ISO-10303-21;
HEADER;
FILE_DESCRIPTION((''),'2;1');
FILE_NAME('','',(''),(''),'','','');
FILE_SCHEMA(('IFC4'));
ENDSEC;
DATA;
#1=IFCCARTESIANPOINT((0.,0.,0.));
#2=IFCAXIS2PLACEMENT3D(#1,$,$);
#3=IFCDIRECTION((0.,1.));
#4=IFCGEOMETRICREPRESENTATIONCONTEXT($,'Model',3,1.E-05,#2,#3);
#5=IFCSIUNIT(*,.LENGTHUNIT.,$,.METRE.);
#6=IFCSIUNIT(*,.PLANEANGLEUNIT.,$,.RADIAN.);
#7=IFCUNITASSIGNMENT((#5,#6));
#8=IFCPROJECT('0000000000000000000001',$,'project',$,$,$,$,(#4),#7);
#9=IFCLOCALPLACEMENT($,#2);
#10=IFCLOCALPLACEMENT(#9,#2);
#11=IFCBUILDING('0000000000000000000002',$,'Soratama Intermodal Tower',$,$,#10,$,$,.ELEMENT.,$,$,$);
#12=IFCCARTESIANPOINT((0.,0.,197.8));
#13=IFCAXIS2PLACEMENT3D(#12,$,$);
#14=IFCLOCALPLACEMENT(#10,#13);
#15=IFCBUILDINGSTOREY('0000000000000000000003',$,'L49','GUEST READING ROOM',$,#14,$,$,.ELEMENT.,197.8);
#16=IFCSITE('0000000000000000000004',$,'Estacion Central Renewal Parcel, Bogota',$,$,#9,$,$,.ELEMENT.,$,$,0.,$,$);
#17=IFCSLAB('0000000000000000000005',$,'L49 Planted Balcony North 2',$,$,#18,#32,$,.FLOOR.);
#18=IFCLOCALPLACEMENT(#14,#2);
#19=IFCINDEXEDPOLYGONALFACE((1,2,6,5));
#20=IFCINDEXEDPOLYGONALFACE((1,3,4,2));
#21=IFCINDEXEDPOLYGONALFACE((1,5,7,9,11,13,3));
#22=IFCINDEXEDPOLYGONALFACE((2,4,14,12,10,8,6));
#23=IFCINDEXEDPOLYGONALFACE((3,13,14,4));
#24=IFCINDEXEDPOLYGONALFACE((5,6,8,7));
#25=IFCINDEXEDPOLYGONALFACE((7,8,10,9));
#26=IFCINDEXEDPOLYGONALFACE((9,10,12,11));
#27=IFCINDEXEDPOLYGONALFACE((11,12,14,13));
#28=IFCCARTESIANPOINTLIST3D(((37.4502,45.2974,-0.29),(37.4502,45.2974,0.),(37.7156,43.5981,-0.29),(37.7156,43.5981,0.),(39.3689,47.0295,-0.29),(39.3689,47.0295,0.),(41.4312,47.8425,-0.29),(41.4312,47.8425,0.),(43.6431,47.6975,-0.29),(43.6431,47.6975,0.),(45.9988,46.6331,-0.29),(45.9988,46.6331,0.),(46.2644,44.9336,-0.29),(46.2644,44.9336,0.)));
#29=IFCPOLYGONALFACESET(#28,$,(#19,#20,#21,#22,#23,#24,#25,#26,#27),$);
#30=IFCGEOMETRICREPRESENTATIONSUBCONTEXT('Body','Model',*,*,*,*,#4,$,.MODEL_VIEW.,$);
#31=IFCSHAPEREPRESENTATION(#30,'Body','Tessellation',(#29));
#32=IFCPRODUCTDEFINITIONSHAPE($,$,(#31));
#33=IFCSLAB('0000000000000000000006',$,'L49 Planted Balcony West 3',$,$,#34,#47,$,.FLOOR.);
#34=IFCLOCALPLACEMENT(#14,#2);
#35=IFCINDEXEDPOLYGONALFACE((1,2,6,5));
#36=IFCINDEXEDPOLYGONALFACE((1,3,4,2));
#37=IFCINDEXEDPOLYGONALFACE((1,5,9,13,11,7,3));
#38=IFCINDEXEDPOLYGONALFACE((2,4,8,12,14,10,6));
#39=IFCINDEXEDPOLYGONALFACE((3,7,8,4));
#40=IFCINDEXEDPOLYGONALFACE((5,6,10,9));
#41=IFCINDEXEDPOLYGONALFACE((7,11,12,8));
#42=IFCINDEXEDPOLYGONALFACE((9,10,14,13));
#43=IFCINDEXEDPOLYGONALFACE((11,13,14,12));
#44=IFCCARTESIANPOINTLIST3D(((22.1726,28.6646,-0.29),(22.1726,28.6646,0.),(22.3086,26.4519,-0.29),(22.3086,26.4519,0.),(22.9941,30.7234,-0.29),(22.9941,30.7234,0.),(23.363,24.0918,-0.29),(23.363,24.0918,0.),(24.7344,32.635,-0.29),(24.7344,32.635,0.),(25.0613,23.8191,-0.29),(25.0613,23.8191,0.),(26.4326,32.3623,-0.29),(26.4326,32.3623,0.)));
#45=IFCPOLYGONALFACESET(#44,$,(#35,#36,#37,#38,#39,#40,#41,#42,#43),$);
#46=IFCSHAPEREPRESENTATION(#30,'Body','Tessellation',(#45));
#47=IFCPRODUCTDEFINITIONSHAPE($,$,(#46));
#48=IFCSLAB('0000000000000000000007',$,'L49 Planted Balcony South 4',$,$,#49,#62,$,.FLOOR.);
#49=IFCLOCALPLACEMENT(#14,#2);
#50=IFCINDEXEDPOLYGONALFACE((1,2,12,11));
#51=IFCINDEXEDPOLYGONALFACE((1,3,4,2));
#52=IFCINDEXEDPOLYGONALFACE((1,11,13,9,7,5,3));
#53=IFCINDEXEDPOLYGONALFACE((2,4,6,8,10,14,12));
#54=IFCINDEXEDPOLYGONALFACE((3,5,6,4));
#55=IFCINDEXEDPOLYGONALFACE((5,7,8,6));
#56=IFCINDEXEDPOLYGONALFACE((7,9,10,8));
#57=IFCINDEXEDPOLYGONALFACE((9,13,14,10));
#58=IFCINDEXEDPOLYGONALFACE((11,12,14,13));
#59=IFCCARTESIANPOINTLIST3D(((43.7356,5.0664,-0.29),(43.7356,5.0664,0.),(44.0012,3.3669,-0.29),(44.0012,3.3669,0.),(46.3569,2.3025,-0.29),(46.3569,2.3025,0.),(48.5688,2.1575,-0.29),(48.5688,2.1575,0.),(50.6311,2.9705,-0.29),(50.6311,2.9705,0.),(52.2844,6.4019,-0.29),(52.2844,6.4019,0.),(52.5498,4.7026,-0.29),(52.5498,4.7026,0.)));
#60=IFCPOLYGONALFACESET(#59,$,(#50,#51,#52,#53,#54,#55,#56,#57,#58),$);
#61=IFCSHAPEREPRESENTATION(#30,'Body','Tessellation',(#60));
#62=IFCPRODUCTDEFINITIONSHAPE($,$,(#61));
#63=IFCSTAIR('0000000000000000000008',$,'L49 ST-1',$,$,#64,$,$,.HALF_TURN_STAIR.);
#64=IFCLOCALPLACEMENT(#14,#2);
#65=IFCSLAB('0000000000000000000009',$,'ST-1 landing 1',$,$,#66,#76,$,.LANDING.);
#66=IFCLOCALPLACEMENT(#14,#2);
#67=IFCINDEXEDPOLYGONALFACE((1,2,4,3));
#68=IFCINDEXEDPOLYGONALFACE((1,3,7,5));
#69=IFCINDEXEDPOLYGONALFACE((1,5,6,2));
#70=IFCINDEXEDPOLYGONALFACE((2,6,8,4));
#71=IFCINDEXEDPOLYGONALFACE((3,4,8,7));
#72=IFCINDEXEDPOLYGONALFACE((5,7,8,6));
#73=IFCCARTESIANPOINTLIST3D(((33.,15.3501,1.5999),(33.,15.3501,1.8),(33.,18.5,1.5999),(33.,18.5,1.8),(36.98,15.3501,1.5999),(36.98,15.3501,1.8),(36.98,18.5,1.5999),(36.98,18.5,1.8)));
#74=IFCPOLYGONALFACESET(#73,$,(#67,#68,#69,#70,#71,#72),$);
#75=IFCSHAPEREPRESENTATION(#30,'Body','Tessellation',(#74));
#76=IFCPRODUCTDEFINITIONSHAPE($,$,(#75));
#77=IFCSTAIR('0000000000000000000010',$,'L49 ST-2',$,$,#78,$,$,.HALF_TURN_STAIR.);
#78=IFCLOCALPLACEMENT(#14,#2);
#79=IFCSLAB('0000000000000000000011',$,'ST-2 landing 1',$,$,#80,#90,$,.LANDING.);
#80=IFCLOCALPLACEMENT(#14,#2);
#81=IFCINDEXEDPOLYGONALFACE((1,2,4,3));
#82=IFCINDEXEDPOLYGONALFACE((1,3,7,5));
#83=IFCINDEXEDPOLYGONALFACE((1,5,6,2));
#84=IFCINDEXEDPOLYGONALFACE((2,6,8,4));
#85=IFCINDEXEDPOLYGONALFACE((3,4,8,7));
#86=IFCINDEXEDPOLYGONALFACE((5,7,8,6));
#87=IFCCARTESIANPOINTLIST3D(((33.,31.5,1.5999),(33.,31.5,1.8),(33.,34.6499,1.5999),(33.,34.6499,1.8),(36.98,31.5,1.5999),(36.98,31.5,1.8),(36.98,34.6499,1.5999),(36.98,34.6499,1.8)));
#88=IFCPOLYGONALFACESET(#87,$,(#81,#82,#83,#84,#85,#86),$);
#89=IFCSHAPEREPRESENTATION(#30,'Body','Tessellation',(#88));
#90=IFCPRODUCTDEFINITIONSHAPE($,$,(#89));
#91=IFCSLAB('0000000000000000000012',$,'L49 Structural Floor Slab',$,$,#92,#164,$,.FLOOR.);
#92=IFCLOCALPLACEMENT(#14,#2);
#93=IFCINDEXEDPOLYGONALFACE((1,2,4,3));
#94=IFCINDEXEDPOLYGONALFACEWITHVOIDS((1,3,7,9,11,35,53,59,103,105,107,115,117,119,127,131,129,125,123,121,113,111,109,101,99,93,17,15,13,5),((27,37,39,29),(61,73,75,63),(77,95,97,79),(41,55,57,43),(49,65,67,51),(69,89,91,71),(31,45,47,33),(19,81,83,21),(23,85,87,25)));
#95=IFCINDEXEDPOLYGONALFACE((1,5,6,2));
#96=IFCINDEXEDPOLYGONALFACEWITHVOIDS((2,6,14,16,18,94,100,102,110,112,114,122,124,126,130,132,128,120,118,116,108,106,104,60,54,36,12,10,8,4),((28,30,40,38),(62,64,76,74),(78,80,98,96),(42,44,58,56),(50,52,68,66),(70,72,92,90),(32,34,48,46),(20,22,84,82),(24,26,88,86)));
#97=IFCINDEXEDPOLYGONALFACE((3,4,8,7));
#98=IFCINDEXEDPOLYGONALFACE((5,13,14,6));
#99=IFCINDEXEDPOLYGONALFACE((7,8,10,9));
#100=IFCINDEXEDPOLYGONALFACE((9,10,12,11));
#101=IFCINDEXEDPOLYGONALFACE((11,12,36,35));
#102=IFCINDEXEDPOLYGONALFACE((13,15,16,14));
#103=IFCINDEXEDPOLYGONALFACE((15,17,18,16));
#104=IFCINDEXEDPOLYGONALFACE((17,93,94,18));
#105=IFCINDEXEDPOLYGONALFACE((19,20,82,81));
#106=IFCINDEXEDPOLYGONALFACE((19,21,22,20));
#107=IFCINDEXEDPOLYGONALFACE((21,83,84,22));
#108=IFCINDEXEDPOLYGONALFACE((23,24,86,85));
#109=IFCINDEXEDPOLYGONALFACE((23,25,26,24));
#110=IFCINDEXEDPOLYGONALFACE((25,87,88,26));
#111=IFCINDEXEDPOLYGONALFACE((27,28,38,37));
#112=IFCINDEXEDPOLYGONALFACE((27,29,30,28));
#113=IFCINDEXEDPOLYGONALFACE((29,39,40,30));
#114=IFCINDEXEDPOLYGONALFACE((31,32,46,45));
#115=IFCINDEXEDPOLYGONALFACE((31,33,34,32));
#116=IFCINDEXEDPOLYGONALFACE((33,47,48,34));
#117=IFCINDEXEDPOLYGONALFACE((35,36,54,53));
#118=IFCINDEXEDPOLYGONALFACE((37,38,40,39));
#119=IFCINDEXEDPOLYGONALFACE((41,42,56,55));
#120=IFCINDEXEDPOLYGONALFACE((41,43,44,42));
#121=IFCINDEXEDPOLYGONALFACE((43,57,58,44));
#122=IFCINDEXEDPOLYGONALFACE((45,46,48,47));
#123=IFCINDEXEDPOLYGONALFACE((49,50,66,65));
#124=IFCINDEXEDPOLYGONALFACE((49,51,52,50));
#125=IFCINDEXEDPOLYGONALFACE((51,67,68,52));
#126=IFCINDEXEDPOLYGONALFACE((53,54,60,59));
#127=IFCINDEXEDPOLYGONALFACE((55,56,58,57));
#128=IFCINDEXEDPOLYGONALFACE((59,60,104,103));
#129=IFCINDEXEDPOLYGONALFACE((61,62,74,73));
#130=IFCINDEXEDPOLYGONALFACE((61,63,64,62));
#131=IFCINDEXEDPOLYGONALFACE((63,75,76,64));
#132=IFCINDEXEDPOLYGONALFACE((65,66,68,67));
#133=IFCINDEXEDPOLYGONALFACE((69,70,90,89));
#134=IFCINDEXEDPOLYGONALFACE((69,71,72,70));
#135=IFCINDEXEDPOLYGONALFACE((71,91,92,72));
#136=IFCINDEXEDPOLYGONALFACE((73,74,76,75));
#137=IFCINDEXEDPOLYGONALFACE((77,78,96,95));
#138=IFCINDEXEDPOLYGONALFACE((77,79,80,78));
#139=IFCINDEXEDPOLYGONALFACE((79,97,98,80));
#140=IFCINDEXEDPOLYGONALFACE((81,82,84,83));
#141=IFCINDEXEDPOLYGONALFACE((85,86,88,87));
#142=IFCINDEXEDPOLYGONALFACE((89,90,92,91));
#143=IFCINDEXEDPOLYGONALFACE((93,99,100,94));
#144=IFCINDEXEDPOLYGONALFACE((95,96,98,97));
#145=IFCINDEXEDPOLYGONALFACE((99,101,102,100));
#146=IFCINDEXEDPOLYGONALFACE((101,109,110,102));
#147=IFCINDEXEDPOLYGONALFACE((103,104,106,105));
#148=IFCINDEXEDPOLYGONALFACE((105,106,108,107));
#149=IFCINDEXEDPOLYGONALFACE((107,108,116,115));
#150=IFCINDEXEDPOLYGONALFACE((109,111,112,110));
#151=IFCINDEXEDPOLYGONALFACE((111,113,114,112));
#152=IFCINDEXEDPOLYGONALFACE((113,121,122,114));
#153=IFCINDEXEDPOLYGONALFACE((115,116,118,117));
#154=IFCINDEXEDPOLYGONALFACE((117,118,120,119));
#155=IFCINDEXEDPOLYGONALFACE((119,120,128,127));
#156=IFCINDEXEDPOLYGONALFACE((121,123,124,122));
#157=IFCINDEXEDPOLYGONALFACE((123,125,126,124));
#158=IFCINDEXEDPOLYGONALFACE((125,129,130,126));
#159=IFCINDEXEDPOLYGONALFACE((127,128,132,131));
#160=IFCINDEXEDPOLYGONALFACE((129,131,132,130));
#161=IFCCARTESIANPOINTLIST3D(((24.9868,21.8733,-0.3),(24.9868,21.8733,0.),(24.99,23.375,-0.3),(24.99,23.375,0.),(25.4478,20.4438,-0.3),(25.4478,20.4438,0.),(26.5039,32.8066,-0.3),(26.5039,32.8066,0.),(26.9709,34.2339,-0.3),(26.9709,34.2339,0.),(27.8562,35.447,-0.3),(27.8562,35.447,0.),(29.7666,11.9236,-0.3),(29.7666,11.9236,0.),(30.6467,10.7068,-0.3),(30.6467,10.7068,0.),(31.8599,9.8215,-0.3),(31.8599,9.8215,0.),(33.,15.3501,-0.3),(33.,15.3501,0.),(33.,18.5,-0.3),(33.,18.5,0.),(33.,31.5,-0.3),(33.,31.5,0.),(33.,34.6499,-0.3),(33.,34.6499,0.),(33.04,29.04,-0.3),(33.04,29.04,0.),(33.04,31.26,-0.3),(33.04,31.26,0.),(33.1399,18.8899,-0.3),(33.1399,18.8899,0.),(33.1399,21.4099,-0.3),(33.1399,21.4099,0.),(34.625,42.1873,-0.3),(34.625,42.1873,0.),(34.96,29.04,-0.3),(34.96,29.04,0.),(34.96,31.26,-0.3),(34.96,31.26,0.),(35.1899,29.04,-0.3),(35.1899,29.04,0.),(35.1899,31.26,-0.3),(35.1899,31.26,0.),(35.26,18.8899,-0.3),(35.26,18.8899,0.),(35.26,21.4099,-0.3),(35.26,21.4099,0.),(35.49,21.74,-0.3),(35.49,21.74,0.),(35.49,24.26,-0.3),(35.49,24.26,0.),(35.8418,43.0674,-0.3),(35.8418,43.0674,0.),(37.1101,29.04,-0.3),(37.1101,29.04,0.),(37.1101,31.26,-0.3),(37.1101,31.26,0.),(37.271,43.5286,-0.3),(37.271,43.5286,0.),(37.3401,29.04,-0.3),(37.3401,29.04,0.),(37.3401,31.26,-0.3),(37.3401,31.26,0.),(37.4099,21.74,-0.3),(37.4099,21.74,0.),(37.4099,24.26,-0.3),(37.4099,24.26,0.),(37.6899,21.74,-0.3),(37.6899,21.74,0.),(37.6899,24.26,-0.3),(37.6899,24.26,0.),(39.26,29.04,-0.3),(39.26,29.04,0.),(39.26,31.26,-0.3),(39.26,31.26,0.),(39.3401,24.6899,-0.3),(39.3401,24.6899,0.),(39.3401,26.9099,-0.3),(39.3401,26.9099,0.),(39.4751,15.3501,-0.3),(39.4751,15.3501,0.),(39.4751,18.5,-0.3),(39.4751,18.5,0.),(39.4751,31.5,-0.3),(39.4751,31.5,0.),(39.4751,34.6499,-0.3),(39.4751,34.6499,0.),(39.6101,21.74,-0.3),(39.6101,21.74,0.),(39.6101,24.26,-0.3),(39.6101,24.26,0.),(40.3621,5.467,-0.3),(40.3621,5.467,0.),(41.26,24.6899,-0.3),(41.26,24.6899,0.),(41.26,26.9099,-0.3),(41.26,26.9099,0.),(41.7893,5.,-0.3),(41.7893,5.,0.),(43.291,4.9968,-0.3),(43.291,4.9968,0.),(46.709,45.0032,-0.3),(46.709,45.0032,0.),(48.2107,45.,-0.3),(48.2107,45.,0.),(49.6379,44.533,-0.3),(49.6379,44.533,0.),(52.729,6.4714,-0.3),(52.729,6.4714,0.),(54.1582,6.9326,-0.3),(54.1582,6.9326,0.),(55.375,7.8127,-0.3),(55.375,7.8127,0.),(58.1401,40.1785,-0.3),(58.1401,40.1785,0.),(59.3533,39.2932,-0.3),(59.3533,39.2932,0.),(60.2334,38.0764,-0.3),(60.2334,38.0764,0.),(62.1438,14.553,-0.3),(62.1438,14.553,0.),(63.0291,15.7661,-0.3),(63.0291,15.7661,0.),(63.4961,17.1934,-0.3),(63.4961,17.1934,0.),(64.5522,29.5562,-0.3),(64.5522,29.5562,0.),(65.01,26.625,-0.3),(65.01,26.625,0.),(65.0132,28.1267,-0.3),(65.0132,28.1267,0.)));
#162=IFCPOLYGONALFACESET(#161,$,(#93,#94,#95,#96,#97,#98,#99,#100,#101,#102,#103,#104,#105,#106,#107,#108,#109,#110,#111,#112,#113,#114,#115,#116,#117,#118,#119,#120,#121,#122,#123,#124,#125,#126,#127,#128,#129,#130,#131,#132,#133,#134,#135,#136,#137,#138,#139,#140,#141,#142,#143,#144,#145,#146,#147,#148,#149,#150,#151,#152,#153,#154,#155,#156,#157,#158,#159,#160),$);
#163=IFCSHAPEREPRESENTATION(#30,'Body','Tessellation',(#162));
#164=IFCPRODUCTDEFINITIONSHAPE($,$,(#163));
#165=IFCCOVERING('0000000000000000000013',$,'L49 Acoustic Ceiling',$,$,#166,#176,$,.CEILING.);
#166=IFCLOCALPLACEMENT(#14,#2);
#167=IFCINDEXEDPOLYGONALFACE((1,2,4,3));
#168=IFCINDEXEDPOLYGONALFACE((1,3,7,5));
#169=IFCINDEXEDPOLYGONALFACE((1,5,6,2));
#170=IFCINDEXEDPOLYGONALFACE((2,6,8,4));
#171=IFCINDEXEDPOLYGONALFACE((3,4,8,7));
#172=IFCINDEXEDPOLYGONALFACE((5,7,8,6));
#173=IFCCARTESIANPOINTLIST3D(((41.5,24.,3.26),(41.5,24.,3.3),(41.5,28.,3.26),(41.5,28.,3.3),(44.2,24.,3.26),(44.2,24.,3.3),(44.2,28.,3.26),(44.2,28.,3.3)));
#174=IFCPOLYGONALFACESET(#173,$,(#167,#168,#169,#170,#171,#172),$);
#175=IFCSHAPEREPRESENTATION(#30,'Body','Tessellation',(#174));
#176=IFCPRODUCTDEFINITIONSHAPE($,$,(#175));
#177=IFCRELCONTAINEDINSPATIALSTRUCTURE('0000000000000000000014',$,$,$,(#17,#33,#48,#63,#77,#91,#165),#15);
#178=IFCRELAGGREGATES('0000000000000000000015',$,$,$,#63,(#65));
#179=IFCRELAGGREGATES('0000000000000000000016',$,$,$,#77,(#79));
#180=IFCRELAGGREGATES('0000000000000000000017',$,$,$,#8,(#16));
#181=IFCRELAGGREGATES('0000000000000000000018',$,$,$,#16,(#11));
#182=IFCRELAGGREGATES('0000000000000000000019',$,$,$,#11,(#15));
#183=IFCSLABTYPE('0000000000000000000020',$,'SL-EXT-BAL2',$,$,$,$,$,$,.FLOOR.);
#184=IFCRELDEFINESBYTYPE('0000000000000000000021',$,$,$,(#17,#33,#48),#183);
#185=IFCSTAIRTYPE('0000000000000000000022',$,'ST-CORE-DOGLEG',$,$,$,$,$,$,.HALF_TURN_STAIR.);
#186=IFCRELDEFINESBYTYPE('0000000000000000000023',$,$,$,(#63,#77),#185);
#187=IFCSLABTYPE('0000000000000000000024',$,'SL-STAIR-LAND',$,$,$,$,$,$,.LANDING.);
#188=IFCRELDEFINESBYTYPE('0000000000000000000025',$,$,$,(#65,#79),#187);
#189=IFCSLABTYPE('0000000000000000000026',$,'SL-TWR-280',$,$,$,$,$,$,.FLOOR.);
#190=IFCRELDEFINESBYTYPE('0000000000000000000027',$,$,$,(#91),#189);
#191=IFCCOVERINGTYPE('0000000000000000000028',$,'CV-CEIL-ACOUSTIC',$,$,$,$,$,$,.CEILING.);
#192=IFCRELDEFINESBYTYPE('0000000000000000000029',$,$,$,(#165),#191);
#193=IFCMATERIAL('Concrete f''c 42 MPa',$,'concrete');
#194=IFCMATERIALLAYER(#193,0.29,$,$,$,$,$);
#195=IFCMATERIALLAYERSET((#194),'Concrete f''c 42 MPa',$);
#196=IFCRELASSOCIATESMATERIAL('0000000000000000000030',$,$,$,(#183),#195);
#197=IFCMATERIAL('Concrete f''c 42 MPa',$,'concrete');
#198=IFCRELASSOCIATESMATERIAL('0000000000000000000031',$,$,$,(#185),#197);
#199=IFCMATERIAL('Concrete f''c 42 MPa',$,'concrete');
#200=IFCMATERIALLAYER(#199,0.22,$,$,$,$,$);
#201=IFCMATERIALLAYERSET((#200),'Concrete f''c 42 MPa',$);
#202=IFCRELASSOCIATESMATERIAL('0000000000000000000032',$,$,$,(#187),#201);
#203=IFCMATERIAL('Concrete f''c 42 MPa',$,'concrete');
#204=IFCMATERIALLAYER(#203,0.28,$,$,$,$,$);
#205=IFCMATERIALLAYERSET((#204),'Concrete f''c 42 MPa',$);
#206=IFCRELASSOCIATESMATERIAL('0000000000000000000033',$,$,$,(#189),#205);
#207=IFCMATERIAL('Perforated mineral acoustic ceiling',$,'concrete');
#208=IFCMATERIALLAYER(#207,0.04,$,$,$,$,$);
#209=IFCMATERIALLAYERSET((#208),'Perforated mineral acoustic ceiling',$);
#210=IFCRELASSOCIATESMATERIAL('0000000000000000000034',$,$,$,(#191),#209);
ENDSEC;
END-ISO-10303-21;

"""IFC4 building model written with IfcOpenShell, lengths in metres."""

from ifc_helpers import new_model, si_unit, direction, frame, origin, place, context, subcontext, project, spatial, polyline, outline, extrude, material, layer, layer_set, type_object, element, aggregate, save


model = new_model("IFC4")

# Units and contexts
model_context = context("Model", 3, precision=1e-05, world=origin(), true_north=direction((0.0, 1.0)))
body_context = subcontext(model_context, "Body", "Model", "MODEL_VIEW")
ifc_project = project(units=[si_unit("LENGTHUNIT", "METRE"), si_unit("PLANEANGLEUNIT", "RADIAN")], contexts=[model_context])

# Site, building, storey
site_placement = place(None, origin())
site = spatial("IfcSite", under=ifc_project, at=site_placement, Name="Estacion Central Renewal Parcel, Bogota", CompositionType="ELEMENT", RefElevation=0.0)
building_placement = place(site_placement, origin())
building = spatial("IfcBuilding", under=site, at=building_placement, Name="Soratama Intermodal Tower", CompositionType="ELEMENT")
storey_placement = place(building_placement, frame((0.0, 0.0, 197.8)))
storey = spatial("IfcBuildingStorey", under=building, at=storey_placement, Name="L49", Description="GUEST READING ROOM", CompositionType="ELEMENT", Elevation=197.8)

# Slabs
ifc_material_1 = material(Name="Concrete f'c 42 MPa", Category="concrete")
ifc_layer_1 = layer(ifc_material_1, 0.29)
ifc_layer_set_1 = layer_set([ifc_layer_1], Name="Concrete f'c 42 MPa")
slab_type_1 = type_object("IfcSlabType", Name="SL-EXT-BAL2", PredefinedType="FLOOR", material=ifc_layer_set_1)
slab_1_placement = place(storey_placement, frame((0.0, 0.0, -0.29)))
element("IfcSlab", 1, at=slab_1_placement, inside=storey, type_object=slab_type_1, Name="L49 Planted Balcony North 2", PredefinedType="FLOOR", context=body_context, shape_type="SweptSolid", body=[
    extrude(outline(polyline([(46.2644, 44.9336), (37.7156, 43.5981), (37.4502, 45.2974), (39.3689, 47.0295), (41.4312, 47.8425), (43.6431, 47.6975), (45.9988, 46.6331), (46.2644, 44.9336)])), origin(), (0.0, 0.0, 1.0), 0.29),
])
slab_2_placement = place(storey_placement, frame((0.0, 0.0, -0.29)))
element("IfcSlab", 2, at=slab_2_placement, inside=storey, type_object=slab_type_1, Name="L49 Planted Balcony West 3", PredefinedType="FLOOR", context=body_context, shape_type="SweptSolid", body=[
    extrude(outline(polyline([(26.4326, 32.3623), (25.0613, 23.8191), (23.363, 24.0918), (22.3086, 26.4519), (22.1726, 28.6646), (22.9941, 30.7234), (24.7344, 32.635), (26.4326, 32.3623)])), origin(), (0.0, 0.0, 1.0), 0.29),
])
slab_3_placement = place(storey_placement, frame((0.0, 0.0, -0.29)))
element("IfcSlab", 3, at=slab_3_placement, inside=storey, type_object=slab_type_1, Name="L49 Planted Balcony South 4", PredefinedType="FLOOR", context=body_context, shape_type="SweptSolid", body=[
    extrude(outline(polyline([(43.7356, 5.0664), (52.2844, 6.4019), (52.5498, 4.7026), (50.6311, 2.9705), (48.5688, 2.1575), (46.3569, 2.3025), (44.0012, 3.3669), (43.7356, 5.0664)])), origin(), (0.0, 0.0, 1.0), 0.29),
])

# Stairs, slabs
ifc_material_2 = material(Name="Concrete f'c 42 MPa", Category="concrete")
stair_type = type_object("IfcStairType", Name="ST-CORE-DOGLEG", PredefinedType="HALF_TURN_STAIR", material=ifc_material_2)
stair_1_placement = place(storey_placement, origin())
stair_1 = element("IfcStair", 4, at=stair_1_placement, inside=storey, type_object=stair_type, Name="L49 ST-1", PredefinedType="HALF_TURN_STAIR")
ifc_material_3 = material(Name="Concrete f'c 42 MPa", Category="concrete")
ifc_layer_2 = layer(ifc_material_3, 0.22)
ifc_layer_set_2 = layer_set([ifc_layer_2], Name="Concrete f'c 42 MPa")
slab_type_2 = type_object("IfcSlabType", Name="SL-STAIR-LAND", PredefinedType="LANDING", material=ifc_layer_set_2)
slab_4_placement = place(storey_placement, frame((0.0, 0.0, 1.5999)))
slab_4 = element("IfcSlab", 5, at=slab_4_placement, type_object=slab_type_2, Name="ST-1 landing 1", PredefinedType="LANDING", context=body_context, shape_type="SweptSolid", body=[
    extrude(outline(polyline([(36.98, 18.5), (33.0, 18.5), (33.0, 15.3501), (36.98, 15.3501), (36.98, 18.5)])), origin(), (0.0, 0.0, 1.0), 0.2002),
])
aggregate(stair_1, [slab_4])
stair_2_placement = place(storey_placement, origin())
stair_2 = element("IfcStair", 6, at=stair_2_placement, inside=storey, type_object=stair_type, Name="L49 ST-2", PredefinedType="HALF_TURN_STAIR")
slab_5_placement = place(storey_placement, frame((0.0, 0.0, 1.5999)))
slab_5 = element("IfcSlab", 7, at=slab_5_placement, type_object=slab_type_2, Name="ST-2 landing 1", PredefinedType="LANDING", context=body_context, shape_type="SweptSolid", body=[
    extrude(outline(polyline([(36.98, 34.6499), (33.0, 34.6499), (33.0, 31.5), (36.98, 31.5), (36.98, 34.6499)])), origin(), (0.0, 0.0, 1.0), 0.2002),
])
aggregate(stair_2, [slab_5])

# Slab
ifc_material_4 = material(Name="Concrete f'c 42 MPa", Category="concrete")
ifc_layer_3 = layer(ifc_material_4, 0.28)
ifc_layer_set_3 = layer_set([ifc_layer_3], Name="Concrete f'c 42 MPa")
slab_type_3 = type_object("IfcSlabType", Name="SL-TWR-280", PredefinedType="FLOOR", material=ifc_layer_set_3)
slab_6_placement = place(storey_placement, frame((0.0, 0.0, -0.3)))
element("IfcSlab", 8, at=slab_6_placement, inside=storey, type_object=slab_type_3, Name="L49 Structural Floor Slab", PredefinedType="FLOOR", context=body_context, shape_type="SweptSolid", body=[
    extrude(outline(polyline([(60.2334, 38.0764), (59.3533, 39.2932), (58.1401, 40.1785), (49.6379, 44.533), (48.2107, 45.0), (46.709, 45.0032), (37.271, 43.5286), (35.8418, 43.0674), (34.625, 42.1873), (27.8562, 35.447), (26.9709, 34.2339), (26.5039, 32.8066), (24.99, 23.375), (24.9868, 21.8733), (25.4478, 20.4438), (29.7666, 11.9236), (30.6467, 10.7068), (31.8599, 9.8215), (40.3621, 5.467), (41.7893, 5.0), (43.291, 4.9968), (52.729, 6.4714), (54.1582, 6.9326), (55.375, 7.8127), (62.1438, 14.553), (63.0291, 15.7661), (63.4961, 17.1934), (65.01, 26.625), (65.0132, 28.1267), (64.5522, 29.5562), (60.2334, 38.0764)]), holes=[polyline([(33.0, 18.5), (33.0, 15.3501), (39.4751, 15.3501), (39.4751, 18.5), (33.0, 18.5)]), polyline([(35.26, 21.4099), (33.1399, 21.4099), (33.1399, 18.8899), (35.26, 18.8899), (35.26, 21.4099)]), polyline([(37.4099, 24.26), (35.49, 24.26), (35.49, 21.74), (37.4099, 21.74), (37.4099, 24.26)]), polyline([(39.6101, 24.26), (37.6899, 24.26), (37.6899, 21.74), (39.6101, 21.74), (39.6101, 24.26)]), polyline([(41.26, 26.9099), (39.3401, 26.9099), (39.3401, 24.6899), (41.26, 24.6899), (41.26, 26.9099)]), polyline([(34.96, 31.26), (33.04, 31.26), (33.04, 29.04), (34.96, 29.04), (34.96, 31.26)]), polyline([(37.1101, 31.26), (35.1899, 31.26), (35.1899, 29.04), (37.1101, 29.04), (37.1101, 31.26)]), polyline([(39.26, 29.04), (39.26, 31.26), (37.3401, 31.26), (37.3401, 29.04), (39.26, 29.04)]), polyline([(39.4751, 34.6499), (33.0, 34.6499), (33.0, 31.5), (39.4751, 31.5), (39.4751, 34.6499)])]), origin(), (0.0, 0.0, 1.0), 0.3),
])

# Covering
ifc_material_5 = material(Name="Perforated mineral acoustic ceiling", Category="concrete")
ifc_layer_4 = layer(ifc_material_5, 0.04)
ifc_layer_set_4 = layer_set([ifc_layer_4], Name="Perforated mineral acoustic ceiling")
covering_type_1 = type_object("IfcCoveringType", Name="CV-CEIL-ACOUSTIC", PredefinedType="CEILING", material=ifc_layer_set_4)
covering_1_placement = place(storey_placement, frame((0.0, 0.0, 3.26)))
element("IfcCovering", 9, at=covering_1_placement, inside=storey, type_object=covering_type_1, Name="L49 Acoustic Ceiling", PredefinedType="CEILING", context=body_context, shape_type="SweptSolid", body=[
    extrude(outline(polyline([(41.5, 24.0), (44.2, 24.0), (44.2, 28.0), (41.5, 28.0), (41.5, 24.0)])), origin(), (0.0, 0.0, 1.0), 0.04),
])

save(model, "model.ifc")
